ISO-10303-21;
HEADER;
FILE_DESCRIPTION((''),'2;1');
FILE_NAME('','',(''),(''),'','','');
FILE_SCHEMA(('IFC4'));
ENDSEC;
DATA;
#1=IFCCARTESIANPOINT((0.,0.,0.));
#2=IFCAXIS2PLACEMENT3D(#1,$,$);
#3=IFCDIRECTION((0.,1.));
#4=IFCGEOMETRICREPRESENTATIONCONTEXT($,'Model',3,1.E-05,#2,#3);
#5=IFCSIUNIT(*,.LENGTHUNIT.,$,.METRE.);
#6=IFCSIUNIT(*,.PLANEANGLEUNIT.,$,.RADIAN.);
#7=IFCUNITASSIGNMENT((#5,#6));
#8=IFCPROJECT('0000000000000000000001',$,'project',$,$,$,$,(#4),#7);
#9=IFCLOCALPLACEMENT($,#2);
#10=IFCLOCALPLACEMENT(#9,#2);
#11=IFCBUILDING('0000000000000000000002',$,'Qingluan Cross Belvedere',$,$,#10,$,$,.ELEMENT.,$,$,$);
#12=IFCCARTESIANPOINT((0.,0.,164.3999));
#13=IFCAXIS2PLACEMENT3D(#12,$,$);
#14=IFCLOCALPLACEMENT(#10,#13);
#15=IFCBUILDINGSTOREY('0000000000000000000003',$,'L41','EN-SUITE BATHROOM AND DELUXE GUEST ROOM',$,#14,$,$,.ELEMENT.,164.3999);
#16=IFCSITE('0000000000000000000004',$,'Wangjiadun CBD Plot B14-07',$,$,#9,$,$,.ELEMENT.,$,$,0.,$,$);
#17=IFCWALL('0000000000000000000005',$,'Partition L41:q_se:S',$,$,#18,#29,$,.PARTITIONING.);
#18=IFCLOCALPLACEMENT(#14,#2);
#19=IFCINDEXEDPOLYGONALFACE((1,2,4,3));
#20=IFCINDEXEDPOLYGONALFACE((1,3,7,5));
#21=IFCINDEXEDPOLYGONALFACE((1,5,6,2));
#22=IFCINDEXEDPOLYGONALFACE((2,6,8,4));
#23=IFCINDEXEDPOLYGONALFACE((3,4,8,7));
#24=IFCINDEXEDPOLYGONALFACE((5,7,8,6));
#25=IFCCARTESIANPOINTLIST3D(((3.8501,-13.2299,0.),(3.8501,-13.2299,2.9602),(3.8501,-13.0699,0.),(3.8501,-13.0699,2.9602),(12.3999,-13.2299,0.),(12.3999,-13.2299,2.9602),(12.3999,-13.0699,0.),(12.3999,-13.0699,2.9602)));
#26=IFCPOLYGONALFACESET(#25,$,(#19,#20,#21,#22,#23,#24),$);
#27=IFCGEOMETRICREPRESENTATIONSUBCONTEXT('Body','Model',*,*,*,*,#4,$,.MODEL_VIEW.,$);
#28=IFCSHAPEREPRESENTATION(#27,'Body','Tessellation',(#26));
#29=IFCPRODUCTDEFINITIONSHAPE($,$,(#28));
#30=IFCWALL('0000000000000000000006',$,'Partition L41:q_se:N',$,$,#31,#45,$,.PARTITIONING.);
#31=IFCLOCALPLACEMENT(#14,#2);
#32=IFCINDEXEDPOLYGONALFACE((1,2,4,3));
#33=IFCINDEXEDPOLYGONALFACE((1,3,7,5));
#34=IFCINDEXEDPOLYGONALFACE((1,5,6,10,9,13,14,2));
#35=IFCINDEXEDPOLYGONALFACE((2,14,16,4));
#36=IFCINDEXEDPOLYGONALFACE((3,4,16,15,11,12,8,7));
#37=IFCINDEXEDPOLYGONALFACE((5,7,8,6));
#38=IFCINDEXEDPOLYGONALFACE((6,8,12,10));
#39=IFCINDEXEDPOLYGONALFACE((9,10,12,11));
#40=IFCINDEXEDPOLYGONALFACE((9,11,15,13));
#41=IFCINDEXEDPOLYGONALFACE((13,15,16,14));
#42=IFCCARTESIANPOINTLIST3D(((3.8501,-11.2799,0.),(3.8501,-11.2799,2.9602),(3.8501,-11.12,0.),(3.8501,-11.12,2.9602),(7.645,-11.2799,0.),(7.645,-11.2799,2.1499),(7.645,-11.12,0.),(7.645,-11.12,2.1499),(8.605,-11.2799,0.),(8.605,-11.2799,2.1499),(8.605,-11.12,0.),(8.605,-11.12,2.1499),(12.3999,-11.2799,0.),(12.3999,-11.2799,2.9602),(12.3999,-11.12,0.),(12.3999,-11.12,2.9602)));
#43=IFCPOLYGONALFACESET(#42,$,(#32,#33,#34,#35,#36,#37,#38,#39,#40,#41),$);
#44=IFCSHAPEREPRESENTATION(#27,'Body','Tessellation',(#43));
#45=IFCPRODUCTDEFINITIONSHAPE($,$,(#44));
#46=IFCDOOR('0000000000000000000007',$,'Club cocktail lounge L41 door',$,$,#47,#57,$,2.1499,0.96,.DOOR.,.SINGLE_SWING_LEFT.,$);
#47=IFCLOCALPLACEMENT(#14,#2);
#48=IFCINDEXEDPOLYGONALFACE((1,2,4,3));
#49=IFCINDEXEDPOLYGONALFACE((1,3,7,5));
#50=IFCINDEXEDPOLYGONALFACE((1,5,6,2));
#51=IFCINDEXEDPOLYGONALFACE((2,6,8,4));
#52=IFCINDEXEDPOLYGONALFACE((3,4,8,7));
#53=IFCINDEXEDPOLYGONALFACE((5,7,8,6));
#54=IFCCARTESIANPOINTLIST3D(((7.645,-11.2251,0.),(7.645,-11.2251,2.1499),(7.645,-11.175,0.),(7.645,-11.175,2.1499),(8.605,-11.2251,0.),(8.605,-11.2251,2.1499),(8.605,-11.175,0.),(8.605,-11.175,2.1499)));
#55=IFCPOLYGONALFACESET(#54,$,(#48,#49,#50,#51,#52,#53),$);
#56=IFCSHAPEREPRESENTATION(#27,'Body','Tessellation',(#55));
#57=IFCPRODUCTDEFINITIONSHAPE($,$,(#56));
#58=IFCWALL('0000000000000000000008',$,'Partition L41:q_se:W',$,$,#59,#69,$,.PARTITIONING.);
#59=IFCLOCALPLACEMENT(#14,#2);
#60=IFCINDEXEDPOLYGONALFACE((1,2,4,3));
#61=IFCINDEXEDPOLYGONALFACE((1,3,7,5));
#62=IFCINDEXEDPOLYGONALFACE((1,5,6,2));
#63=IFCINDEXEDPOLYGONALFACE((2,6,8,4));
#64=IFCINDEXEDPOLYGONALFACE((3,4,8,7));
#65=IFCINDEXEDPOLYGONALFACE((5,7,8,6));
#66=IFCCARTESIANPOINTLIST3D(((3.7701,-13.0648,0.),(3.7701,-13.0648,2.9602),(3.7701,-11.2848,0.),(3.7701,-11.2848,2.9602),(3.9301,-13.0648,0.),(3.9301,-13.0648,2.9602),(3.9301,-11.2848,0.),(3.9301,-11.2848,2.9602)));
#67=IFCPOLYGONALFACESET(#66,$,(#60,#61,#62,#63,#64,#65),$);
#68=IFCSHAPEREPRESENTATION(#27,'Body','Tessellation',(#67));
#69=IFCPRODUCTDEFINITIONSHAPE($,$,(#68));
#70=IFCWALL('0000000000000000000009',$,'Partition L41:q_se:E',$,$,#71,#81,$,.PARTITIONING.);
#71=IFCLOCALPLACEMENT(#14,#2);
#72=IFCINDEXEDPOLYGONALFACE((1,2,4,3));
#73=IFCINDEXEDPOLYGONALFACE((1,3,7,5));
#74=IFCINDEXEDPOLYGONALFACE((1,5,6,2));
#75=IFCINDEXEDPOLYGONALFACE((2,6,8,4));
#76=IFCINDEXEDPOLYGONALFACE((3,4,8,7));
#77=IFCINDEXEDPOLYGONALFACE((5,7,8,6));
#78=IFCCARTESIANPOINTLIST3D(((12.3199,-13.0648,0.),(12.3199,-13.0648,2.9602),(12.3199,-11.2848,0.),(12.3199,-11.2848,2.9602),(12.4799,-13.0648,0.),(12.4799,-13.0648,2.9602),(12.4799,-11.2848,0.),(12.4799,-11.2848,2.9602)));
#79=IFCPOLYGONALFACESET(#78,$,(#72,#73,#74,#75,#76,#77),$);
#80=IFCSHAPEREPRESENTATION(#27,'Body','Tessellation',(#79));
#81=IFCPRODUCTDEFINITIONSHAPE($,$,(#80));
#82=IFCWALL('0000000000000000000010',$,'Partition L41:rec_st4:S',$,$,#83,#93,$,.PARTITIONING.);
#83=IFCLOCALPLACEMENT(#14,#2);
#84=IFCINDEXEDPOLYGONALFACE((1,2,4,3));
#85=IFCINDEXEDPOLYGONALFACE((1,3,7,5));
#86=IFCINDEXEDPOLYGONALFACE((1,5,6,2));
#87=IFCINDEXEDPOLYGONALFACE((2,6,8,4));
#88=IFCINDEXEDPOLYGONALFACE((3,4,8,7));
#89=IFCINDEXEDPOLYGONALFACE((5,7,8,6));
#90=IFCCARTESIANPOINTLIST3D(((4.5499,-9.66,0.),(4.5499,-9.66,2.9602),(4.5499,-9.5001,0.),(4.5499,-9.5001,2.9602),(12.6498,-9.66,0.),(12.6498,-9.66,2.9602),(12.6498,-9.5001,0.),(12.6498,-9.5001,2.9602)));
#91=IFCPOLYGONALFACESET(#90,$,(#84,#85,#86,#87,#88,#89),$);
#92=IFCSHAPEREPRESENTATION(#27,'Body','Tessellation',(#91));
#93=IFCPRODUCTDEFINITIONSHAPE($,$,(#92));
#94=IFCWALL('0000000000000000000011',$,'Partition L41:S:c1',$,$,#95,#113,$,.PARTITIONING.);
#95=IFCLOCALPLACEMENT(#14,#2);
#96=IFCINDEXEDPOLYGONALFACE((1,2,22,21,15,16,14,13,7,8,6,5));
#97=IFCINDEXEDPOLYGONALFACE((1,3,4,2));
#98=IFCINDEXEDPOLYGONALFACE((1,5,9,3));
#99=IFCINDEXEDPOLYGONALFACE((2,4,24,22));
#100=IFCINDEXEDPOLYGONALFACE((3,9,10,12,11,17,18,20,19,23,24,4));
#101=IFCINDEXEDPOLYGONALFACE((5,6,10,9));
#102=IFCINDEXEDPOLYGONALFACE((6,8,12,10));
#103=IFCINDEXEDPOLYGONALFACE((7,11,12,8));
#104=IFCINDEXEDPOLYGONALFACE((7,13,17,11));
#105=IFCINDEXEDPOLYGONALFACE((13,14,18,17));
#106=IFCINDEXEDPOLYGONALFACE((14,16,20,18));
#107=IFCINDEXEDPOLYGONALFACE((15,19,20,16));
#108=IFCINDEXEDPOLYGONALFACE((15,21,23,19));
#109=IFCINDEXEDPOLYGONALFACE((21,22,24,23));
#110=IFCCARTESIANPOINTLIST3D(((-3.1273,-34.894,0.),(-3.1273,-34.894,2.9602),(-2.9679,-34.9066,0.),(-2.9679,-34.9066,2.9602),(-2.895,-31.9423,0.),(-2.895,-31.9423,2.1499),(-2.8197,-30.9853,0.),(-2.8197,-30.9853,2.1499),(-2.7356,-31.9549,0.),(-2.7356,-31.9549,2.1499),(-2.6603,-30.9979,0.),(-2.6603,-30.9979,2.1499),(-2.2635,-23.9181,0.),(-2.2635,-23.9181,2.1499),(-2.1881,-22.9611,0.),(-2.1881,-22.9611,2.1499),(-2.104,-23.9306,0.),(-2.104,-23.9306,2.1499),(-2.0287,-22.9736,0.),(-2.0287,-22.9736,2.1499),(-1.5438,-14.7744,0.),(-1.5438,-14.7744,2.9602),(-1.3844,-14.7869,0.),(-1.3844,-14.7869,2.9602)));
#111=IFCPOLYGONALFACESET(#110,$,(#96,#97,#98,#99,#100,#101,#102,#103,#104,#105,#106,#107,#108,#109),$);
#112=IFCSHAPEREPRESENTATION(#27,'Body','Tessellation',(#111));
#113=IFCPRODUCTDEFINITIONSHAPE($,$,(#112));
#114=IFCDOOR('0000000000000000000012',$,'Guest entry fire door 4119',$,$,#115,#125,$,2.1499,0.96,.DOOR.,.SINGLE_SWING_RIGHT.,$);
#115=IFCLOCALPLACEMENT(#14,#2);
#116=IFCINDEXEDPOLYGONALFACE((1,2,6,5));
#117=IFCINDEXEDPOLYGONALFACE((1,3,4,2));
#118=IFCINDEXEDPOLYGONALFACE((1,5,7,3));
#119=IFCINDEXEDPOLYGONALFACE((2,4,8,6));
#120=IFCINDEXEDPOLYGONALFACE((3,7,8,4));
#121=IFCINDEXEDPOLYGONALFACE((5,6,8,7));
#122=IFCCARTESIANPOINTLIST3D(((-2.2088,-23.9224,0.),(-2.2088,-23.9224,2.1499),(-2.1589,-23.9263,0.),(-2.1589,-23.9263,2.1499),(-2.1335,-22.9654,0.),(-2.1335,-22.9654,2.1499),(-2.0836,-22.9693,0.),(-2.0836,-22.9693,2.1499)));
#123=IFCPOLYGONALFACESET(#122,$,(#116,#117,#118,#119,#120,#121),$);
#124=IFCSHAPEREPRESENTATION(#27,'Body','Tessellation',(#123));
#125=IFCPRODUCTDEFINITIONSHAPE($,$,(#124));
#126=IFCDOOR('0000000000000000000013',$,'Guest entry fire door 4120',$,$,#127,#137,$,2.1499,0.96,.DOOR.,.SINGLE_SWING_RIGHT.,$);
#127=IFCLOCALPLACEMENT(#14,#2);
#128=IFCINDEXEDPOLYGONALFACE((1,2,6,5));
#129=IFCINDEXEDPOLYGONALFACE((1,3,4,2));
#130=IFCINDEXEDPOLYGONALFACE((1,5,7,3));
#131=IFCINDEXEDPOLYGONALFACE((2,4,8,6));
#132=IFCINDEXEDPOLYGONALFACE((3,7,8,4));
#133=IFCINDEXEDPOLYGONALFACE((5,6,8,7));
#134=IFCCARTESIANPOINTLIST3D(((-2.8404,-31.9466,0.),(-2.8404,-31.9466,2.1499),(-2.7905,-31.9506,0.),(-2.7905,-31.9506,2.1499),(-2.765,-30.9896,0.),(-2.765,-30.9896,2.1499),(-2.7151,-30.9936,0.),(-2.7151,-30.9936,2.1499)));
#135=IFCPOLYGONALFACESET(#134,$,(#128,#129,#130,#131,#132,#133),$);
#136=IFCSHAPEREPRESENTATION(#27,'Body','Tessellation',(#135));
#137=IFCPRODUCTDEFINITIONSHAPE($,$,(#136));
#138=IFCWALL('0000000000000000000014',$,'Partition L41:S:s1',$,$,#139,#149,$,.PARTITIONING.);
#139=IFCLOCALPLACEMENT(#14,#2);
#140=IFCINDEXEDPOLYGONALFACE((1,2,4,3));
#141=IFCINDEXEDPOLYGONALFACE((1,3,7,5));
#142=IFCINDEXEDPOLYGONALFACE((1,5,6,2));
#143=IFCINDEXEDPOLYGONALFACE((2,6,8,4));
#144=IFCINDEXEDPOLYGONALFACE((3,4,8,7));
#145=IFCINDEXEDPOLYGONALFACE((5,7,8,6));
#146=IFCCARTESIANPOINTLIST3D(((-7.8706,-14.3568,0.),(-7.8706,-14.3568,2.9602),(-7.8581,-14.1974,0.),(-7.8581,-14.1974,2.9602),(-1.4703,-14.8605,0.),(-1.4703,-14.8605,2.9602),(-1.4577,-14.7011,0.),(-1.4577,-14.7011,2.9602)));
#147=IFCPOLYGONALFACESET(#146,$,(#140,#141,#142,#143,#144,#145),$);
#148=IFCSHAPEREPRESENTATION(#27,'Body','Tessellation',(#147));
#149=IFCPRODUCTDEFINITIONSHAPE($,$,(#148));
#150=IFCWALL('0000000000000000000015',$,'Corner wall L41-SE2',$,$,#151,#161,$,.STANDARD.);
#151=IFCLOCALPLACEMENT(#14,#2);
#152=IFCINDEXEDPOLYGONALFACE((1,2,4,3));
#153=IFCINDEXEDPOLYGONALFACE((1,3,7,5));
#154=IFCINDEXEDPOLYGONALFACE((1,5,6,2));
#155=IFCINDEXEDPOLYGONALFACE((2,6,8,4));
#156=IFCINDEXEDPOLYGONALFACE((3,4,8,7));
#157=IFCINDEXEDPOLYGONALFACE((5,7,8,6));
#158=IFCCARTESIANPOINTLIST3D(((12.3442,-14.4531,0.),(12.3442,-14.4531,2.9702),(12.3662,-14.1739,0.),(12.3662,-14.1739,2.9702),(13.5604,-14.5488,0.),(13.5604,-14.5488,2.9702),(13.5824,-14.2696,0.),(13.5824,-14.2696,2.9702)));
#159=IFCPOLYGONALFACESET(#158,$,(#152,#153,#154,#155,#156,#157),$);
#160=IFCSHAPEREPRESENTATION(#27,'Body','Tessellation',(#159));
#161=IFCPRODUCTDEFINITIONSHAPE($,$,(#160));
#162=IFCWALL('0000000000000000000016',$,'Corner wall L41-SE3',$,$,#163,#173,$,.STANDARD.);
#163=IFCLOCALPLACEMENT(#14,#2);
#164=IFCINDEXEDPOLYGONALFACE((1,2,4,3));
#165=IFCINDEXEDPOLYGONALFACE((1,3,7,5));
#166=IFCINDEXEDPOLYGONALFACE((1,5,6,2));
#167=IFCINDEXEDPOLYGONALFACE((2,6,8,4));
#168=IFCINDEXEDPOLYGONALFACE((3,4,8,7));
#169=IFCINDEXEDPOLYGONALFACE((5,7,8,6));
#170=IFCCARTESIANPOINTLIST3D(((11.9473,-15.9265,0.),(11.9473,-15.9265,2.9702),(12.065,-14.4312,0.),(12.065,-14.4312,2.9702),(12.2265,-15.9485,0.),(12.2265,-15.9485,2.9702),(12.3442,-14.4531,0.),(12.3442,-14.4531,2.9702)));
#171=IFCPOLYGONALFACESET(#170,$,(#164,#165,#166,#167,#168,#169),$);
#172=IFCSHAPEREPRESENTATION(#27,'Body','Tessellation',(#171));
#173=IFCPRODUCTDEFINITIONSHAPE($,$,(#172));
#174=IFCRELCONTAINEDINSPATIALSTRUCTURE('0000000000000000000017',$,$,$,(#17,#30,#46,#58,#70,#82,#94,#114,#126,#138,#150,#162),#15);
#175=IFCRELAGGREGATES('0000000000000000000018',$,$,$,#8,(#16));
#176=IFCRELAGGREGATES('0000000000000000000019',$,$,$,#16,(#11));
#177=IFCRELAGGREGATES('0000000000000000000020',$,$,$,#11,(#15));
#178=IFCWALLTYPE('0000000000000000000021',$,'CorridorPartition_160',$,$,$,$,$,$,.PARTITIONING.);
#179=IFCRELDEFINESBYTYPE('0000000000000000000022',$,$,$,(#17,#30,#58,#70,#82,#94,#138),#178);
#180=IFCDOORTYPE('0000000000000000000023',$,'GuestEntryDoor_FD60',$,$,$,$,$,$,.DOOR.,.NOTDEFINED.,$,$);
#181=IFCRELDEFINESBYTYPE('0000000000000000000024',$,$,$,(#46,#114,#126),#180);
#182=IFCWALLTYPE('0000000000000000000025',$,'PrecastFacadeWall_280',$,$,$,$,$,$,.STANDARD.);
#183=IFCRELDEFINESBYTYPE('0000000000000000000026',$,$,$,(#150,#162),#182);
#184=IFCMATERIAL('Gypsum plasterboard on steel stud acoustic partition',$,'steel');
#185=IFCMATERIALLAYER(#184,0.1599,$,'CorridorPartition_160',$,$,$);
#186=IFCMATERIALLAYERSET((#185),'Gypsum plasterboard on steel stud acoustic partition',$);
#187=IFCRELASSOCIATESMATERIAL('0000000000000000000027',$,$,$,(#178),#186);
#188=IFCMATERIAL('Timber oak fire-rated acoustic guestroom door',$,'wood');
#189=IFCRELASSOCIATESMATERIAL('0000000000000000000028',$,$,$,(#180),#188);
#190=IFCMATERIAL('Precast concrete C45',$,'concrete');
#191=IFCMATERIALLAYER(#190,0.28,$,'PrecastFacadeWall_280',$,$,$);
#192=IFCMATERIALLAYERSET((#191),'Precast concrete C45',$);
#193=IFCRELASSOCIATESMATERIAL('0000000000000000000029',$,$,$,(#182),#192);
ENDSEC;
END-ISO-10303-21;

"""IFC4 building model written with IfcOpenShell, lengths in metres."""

from ifc_helpers import new_model, si_unit, direction, frame, frame_2d, origin, place, context, subcontext, project, spatial, rectangle, extrude, material, layer, layer_set, type_object, element, fill, save


model = new_model("IFC4")

# Units and contexts
model_context = context("Model", 3, precision=1e-05, world=origin(), true_north=direction((0.0, 1.0)))
body_context = subcontext(model_context, "Body", "Model", "MODEL_VIEW")
ifc_project = project(units=[si_unit("LENGTHUNIT", "METRE"), si_unit("PLANEANGLEUNIT", "RADIAN")], contexts=[model_context])

# Site, building, storey
site_placement = place(None, origin())
site = spatial("IfcSite", under=ifc_project, at=site_placement, Name="Wangjiadun CBD Plot B14-07", CompositionType="ELEMENT", RefElevation=0.0)
building_placement = place(site_placement, origin())
building = spatial("IfcBuilding", under=site, at=building_placement, Name="Qingluan Cross Belvedere", CompositionType="ELEMENT")
storey_placement = place(building_placement, frame((0.0, 0.0, 164.3999)))
storey = spatial("IfcBuildingStorey", under=building, at=storey_placement, Name="L41", Description="EN-SUITE BATHROOM AND DELUXE GUEST ROOM", CompositionType="ELEMENT", Elevation=164.3999)

# Wall
ifc_material_1 = material(Name="Gypsum plasterboard on steel stud acoustic partition", Category="steel")
ifc_layer_1 = layer(ifc_material_1, 0.1599, Name="CorridorPartition_160")
ifc_layer_set_1 = layer_set([ifc_layer_1], Name="Gypsum plasterboard on steel stud acoustic partition")
wall_type_1 = type_object("IfcWallType", Name="CorridorPartition_160", PredefinedType="PARTITIONING", material=ifc_layer_set_1)
wall_1_placement = place(storey_placement, frame((3.8501, -13.1499, 0.0), z_axis=(0.0, 0.0, 1.0), x_axis=(1.0, 0.0, 0.0)))
element("IfcWall", 1, at=wall_1_placement, inside=storey, type_object=wall_type_1, Name="Partition L41:q_se:S", PredefinedType="PARTITIONING", context=body_context, shape_type="SweptSolid", body=[
    extrude(rectangle(XDim=8.5498, YDim=0.1599, at=frame_2d((4.2749, 0.0))), origin(), (0.0, 0.0, 1.0), 2.9602),
])

# Wall, opening, door
wall_2_placement = place(storey_placement, frame((3.8501, -11.2, 0.0), z_axis=(0.0, 0.0, 1.0), x_axis=(1.0, 0.0, 0.0)))
wall_2 = element("IfcWall", 2, at=wall_2_placement, inside=storey, type_object=wall_type_1, Name="Partition L41:q_se:N", PredefinedType="PARTITIONING", context=body_context, shape_type="SweptSolid", body=[
    extrude(rectangle(XDim=8.5498, YDim=0.1599, at=frame_2d((4.2749, 0.0))), origin(), (0.0, 0.0, 1.0), 2.9602),
])
opening_1_placement = place(wall_2_placement, frame((3.7949, 0.0, 0.0)))
opening_1 = element("IfcOpeningElement", 3, at=opening_1_placement, cuts=wall_2, PredefinedType="OPENING", context=body_context, shape_type="SweptSolid", body=[
    extrude(rectangle(XDim=0.96, YDim=2.1499, at=frame_2d((0.48, 1.075))), frame((0.0, 0.0898, 0.0), z_axis=(0.0, -1.0, 0.0), x_axis=(1.0, 0.0, 0.0)), (0.0, 0.0, 1.0), 0.1799),
])
ifc_material_2 = material(Name="Timber oak fire-rated acoustic guestroom door", Category="wood")
door_type = type_object("IfcDoorType", Name="GuestEntryDoor_FD60", OperationType="NOTDEFINED", PredefinedType="DOOR", material=ifc_material_2)
door_1_placement = place(opening_1_placement, origin())
door_1 = element("IfcDoor", 4, at=door_1_placement, inside=storey, type_object=door_type, Name="Club cocktail lounge L41 door", OperationType="SINGLE_SWING_LEFT", OverallHeight=2.1499, OverallWidth=0.96, PredefinedType="DOOR", context=body_context, shape_type="SweptSolid", body=[
    extrude(rectangle(XDim=0.96, YDim=2.1499, at=frame_2d((0.48, 1.075))), frame((0.0, 0.0249, 0.0), z_axis=(0.0, -1.0, 0.0), x_axis=(1.0, 0.0, 0.0)), (0.0, 0.0, 1.0), 0.05),
])
fill(opening_1, door_1)

# Walls
for number, where, z_axis, x_axis, name in (
    (5, (3.8501, -13.0649, 0.0), (0.0, 0.0, 1.0), (0.0, 1.0, 0.0), "Partition L41:q_se:W"),
    (6, (12.3999, -13.0649, 0.0), (0.0, 0.0, 1.0), (0.0, 1.0, 0.0), "Partition L41:q_se:E"),
):
    element("IfcWall", number, at=place(storey_placement, frame(where, z_axis=z_axis, x_axis=x_axis)), inside=storey, type_object=wall_type_1, Name=name, PredefinedType="PARTITIONING", context=body_context, shape_type="SweptSolid", body=[
        extrude(rectangle(XDim=1.78, YDim=0.1599, at=frame_2d((0.8901, 0.0))), origin(), (0.0, 0.0, 1.0), 2.9602),
    ])
wall_3_placement = place(storey_placement, frame((4.55, -9.5801, 0.0), z_axis=(0.0, 0.0, 1.0), x_axis=(1.0, 0.0, 0.0)))
element("IfcWall", 7, at=wall_3_placement, inside=storey, type_object=wall_type_1, Name="Partition L41:rec_st4:S", PredefinedType="PARTITIONING", context=body_context, shape_type="SweptSolid", body=[
    extrude(rectangle(XDim=8.0999, YDim=0.1599, at=frame_2d((4.0498, 0.0))), origin(), (0.0, 0.0, 1.0), 2.9602),
])

# Wall, openings, doors
wall_4_placement = place(storey_placement, frame((-1.4641, -14.7808, 0.0), z_axis=(0.0, 0.0, 1.0), x_axis=(-0.078461, -0.996917, 0.0)))
wall_4 = element("IfcWall", 8, at=wall_4_placement, inside=storey, type_object=wall_type_1, Name="Partition L41:S:c1", PredefinedType="PARTITIONING", context=body_context, shape_type="SweptSolid", body=[
    extrude(rectangle(XDim=20.1819, YDim=0.1599, at=frame_2d((10.0908, 0.0))), origin(), (0.0, 0.0, 1.0), 2.9602),
])
opening_2_placement = place(wall_4_placement, frame((8.2119, 0.0, 0.0)))
opening_2 = element("IfcOpeningElement", 9, at=opening_2_placement, cuts=wall_4, PredefinedType="OPENING", context=body_context, shape_type="SweptSolid", body=[
    extrude(rectangle(XDim=0.96, YDim=2.1499, at=frame_2d((0.48, 1.075))), frame((0.0, 0.0898, 0.0), z_axis=(0.0, -1.0, 0.0), x_axis=(1.0, 0.0, 0.0)), (0.0, 0.0, 1.0), 0.1799),
])
opening_3_placement = place(wall_4_placement, frame((16.261, 0.0, 0.0)))
opening_3 = element("IfcOpeningElement", 10, at=opening_3_placement, cuts=wall_4, PredefinedType="OPENING", context=body_context, shape_type="SweptSolid", body=[
    extrude(rectangle(XDim=0.96, YDim=2.1499, at=frame_2d((0.48, 1.075))), frame((0.0, 0.0898, 0.0), z_axis=(0.0, -1.0, 0.0), x_axis=(1.0, 0.0, 0.0)), (0.0, 0.0, 1.0), 0.1799),
])
door_2_placement = place(opening_2_placement, origin())
door_2 = element("IfcDoor", 11, at=door_2_placement, inside=storey, type_object=door_type, Name="Guest entry fire door 4119", OperationType="SINGLE_SWING_RIGHT", OverallHeight=2.1499, OverallWidth=0.96, PredefinedType="DOOR", context=body_context, shape_type="SweptSolid", body=[
    extrude(rectangle(XDim=0.96, YDim=2.1499, at=frame_2d((0.48, 1.075))), frame((0.0, 0.0249, 0.0), z_axis=(0.0, -1.0, 0.0), x_axis=(1.0, 0.0, 0.0)), (0.0, 0.0, 1.0), 0.05),
])
fill(opening_2, door_2)
door_3_placement = place(opening_3_placement, origin())
door_3 = element("IfcDoor", 12, at=door_3_placement, inside=storey, type_object=door_type, Name="Guest entry fire door 4120", OperationType="SINGLE_SWING_RIGHT", OverallHeight=2.1499, OverallWidth=0.96, PredefinedType="DOOR", context=body_context, shape_type="SweptSolid", body=[
    extrude(rectangle(XDim=0.96, YDim=2.1499, at=frame_2d((0.48, 1.075))), frame((0.0, 0.0249, 0.0), z_axis=(0.0, -1.0, 0.0), x_axis=(1.0, 0.0, 0.0)), (0.0, 0.0, 1.0), 0.05),
])
fill(opening_3, door_3)

# Walls
wall_5_placement = place(storey_placement, frame((-1.4641, -14.7808, 0.0), z_axis=(0.0, 0.0, 1.0), x_axis=(-0.996918, 0.07845, 0.0)))
element("IfcWall", 13, at=wall_5_placement, inside=storey, type_object=wall_type_1, Name="Partition L41:S:s1", PredefinedType="PARTITIONING", context=body_context, shape_type="SweptSolid", body=[
    extrude(rectangle(XDim=6.4202, YDim=0.1599, at=frame_2d((3.21, 0.0))), origin(), (0.0, 0.0, 1.0), 2.9602),
])
ifc_material_3 = material(Name="Precast concrete C45", Category="concrete")
ifc_layer_2 = layer(ifc_material_3, 0.28, Name="PrecastFacadeWall_280")
ifc_layer_set_2 = layer_set([ifc_layer_2], Name="Precast concrete C45")
wall_type_2 = type_object("IfcWallType", Name="PrecastFacadeWall_280", PredefinedType="STANDARD", material=ifc_layer_set_2)
wall_6_placement = place(storey_placement, frame((13.5713, -14.4092, 0.0), z_axis=(0.0, 0.0, 1.0), x_axis=(-0.996919, 0.078441, 0.0)))
element("IfcWall", 14, at=wall_6_placement, inside=storey, type_object=wall_type_2, Name="Corner wall L41-SE2", PredefinedType="STANDARD", context=body_context, shape_type="SweptSolid", body=[
    extrude(rectangle(XDim=1.22, YDim=0.28, at=frame_2d((0.6099, 0.0))), origin(), (0.0, 0.0, 1.0), 2.9702),
])
wall_7_placement = place(storey_placement, frame((12.2046, -14.4421, 0.0), z_axis=(0.0, 0.0, 1.0), x_axis=(-0.078451, -0.996918, 0.0)))
element("IfcWall", 15, at=wall_7_placement, inside=storey, type_object=wall_type_2, Name="Corner wall L41-SE3", PredefinedType="STANDARD", context=body_context, shape_type="SweptSolid", body=[
    extrude(rectangle(XDim=1.5, YDim=0.28, at=frame_2d((0.75, 0.0))), origin(), (0.0, 0.0, 1.0), 2.9702),
])

save(model, "model.ifc")
